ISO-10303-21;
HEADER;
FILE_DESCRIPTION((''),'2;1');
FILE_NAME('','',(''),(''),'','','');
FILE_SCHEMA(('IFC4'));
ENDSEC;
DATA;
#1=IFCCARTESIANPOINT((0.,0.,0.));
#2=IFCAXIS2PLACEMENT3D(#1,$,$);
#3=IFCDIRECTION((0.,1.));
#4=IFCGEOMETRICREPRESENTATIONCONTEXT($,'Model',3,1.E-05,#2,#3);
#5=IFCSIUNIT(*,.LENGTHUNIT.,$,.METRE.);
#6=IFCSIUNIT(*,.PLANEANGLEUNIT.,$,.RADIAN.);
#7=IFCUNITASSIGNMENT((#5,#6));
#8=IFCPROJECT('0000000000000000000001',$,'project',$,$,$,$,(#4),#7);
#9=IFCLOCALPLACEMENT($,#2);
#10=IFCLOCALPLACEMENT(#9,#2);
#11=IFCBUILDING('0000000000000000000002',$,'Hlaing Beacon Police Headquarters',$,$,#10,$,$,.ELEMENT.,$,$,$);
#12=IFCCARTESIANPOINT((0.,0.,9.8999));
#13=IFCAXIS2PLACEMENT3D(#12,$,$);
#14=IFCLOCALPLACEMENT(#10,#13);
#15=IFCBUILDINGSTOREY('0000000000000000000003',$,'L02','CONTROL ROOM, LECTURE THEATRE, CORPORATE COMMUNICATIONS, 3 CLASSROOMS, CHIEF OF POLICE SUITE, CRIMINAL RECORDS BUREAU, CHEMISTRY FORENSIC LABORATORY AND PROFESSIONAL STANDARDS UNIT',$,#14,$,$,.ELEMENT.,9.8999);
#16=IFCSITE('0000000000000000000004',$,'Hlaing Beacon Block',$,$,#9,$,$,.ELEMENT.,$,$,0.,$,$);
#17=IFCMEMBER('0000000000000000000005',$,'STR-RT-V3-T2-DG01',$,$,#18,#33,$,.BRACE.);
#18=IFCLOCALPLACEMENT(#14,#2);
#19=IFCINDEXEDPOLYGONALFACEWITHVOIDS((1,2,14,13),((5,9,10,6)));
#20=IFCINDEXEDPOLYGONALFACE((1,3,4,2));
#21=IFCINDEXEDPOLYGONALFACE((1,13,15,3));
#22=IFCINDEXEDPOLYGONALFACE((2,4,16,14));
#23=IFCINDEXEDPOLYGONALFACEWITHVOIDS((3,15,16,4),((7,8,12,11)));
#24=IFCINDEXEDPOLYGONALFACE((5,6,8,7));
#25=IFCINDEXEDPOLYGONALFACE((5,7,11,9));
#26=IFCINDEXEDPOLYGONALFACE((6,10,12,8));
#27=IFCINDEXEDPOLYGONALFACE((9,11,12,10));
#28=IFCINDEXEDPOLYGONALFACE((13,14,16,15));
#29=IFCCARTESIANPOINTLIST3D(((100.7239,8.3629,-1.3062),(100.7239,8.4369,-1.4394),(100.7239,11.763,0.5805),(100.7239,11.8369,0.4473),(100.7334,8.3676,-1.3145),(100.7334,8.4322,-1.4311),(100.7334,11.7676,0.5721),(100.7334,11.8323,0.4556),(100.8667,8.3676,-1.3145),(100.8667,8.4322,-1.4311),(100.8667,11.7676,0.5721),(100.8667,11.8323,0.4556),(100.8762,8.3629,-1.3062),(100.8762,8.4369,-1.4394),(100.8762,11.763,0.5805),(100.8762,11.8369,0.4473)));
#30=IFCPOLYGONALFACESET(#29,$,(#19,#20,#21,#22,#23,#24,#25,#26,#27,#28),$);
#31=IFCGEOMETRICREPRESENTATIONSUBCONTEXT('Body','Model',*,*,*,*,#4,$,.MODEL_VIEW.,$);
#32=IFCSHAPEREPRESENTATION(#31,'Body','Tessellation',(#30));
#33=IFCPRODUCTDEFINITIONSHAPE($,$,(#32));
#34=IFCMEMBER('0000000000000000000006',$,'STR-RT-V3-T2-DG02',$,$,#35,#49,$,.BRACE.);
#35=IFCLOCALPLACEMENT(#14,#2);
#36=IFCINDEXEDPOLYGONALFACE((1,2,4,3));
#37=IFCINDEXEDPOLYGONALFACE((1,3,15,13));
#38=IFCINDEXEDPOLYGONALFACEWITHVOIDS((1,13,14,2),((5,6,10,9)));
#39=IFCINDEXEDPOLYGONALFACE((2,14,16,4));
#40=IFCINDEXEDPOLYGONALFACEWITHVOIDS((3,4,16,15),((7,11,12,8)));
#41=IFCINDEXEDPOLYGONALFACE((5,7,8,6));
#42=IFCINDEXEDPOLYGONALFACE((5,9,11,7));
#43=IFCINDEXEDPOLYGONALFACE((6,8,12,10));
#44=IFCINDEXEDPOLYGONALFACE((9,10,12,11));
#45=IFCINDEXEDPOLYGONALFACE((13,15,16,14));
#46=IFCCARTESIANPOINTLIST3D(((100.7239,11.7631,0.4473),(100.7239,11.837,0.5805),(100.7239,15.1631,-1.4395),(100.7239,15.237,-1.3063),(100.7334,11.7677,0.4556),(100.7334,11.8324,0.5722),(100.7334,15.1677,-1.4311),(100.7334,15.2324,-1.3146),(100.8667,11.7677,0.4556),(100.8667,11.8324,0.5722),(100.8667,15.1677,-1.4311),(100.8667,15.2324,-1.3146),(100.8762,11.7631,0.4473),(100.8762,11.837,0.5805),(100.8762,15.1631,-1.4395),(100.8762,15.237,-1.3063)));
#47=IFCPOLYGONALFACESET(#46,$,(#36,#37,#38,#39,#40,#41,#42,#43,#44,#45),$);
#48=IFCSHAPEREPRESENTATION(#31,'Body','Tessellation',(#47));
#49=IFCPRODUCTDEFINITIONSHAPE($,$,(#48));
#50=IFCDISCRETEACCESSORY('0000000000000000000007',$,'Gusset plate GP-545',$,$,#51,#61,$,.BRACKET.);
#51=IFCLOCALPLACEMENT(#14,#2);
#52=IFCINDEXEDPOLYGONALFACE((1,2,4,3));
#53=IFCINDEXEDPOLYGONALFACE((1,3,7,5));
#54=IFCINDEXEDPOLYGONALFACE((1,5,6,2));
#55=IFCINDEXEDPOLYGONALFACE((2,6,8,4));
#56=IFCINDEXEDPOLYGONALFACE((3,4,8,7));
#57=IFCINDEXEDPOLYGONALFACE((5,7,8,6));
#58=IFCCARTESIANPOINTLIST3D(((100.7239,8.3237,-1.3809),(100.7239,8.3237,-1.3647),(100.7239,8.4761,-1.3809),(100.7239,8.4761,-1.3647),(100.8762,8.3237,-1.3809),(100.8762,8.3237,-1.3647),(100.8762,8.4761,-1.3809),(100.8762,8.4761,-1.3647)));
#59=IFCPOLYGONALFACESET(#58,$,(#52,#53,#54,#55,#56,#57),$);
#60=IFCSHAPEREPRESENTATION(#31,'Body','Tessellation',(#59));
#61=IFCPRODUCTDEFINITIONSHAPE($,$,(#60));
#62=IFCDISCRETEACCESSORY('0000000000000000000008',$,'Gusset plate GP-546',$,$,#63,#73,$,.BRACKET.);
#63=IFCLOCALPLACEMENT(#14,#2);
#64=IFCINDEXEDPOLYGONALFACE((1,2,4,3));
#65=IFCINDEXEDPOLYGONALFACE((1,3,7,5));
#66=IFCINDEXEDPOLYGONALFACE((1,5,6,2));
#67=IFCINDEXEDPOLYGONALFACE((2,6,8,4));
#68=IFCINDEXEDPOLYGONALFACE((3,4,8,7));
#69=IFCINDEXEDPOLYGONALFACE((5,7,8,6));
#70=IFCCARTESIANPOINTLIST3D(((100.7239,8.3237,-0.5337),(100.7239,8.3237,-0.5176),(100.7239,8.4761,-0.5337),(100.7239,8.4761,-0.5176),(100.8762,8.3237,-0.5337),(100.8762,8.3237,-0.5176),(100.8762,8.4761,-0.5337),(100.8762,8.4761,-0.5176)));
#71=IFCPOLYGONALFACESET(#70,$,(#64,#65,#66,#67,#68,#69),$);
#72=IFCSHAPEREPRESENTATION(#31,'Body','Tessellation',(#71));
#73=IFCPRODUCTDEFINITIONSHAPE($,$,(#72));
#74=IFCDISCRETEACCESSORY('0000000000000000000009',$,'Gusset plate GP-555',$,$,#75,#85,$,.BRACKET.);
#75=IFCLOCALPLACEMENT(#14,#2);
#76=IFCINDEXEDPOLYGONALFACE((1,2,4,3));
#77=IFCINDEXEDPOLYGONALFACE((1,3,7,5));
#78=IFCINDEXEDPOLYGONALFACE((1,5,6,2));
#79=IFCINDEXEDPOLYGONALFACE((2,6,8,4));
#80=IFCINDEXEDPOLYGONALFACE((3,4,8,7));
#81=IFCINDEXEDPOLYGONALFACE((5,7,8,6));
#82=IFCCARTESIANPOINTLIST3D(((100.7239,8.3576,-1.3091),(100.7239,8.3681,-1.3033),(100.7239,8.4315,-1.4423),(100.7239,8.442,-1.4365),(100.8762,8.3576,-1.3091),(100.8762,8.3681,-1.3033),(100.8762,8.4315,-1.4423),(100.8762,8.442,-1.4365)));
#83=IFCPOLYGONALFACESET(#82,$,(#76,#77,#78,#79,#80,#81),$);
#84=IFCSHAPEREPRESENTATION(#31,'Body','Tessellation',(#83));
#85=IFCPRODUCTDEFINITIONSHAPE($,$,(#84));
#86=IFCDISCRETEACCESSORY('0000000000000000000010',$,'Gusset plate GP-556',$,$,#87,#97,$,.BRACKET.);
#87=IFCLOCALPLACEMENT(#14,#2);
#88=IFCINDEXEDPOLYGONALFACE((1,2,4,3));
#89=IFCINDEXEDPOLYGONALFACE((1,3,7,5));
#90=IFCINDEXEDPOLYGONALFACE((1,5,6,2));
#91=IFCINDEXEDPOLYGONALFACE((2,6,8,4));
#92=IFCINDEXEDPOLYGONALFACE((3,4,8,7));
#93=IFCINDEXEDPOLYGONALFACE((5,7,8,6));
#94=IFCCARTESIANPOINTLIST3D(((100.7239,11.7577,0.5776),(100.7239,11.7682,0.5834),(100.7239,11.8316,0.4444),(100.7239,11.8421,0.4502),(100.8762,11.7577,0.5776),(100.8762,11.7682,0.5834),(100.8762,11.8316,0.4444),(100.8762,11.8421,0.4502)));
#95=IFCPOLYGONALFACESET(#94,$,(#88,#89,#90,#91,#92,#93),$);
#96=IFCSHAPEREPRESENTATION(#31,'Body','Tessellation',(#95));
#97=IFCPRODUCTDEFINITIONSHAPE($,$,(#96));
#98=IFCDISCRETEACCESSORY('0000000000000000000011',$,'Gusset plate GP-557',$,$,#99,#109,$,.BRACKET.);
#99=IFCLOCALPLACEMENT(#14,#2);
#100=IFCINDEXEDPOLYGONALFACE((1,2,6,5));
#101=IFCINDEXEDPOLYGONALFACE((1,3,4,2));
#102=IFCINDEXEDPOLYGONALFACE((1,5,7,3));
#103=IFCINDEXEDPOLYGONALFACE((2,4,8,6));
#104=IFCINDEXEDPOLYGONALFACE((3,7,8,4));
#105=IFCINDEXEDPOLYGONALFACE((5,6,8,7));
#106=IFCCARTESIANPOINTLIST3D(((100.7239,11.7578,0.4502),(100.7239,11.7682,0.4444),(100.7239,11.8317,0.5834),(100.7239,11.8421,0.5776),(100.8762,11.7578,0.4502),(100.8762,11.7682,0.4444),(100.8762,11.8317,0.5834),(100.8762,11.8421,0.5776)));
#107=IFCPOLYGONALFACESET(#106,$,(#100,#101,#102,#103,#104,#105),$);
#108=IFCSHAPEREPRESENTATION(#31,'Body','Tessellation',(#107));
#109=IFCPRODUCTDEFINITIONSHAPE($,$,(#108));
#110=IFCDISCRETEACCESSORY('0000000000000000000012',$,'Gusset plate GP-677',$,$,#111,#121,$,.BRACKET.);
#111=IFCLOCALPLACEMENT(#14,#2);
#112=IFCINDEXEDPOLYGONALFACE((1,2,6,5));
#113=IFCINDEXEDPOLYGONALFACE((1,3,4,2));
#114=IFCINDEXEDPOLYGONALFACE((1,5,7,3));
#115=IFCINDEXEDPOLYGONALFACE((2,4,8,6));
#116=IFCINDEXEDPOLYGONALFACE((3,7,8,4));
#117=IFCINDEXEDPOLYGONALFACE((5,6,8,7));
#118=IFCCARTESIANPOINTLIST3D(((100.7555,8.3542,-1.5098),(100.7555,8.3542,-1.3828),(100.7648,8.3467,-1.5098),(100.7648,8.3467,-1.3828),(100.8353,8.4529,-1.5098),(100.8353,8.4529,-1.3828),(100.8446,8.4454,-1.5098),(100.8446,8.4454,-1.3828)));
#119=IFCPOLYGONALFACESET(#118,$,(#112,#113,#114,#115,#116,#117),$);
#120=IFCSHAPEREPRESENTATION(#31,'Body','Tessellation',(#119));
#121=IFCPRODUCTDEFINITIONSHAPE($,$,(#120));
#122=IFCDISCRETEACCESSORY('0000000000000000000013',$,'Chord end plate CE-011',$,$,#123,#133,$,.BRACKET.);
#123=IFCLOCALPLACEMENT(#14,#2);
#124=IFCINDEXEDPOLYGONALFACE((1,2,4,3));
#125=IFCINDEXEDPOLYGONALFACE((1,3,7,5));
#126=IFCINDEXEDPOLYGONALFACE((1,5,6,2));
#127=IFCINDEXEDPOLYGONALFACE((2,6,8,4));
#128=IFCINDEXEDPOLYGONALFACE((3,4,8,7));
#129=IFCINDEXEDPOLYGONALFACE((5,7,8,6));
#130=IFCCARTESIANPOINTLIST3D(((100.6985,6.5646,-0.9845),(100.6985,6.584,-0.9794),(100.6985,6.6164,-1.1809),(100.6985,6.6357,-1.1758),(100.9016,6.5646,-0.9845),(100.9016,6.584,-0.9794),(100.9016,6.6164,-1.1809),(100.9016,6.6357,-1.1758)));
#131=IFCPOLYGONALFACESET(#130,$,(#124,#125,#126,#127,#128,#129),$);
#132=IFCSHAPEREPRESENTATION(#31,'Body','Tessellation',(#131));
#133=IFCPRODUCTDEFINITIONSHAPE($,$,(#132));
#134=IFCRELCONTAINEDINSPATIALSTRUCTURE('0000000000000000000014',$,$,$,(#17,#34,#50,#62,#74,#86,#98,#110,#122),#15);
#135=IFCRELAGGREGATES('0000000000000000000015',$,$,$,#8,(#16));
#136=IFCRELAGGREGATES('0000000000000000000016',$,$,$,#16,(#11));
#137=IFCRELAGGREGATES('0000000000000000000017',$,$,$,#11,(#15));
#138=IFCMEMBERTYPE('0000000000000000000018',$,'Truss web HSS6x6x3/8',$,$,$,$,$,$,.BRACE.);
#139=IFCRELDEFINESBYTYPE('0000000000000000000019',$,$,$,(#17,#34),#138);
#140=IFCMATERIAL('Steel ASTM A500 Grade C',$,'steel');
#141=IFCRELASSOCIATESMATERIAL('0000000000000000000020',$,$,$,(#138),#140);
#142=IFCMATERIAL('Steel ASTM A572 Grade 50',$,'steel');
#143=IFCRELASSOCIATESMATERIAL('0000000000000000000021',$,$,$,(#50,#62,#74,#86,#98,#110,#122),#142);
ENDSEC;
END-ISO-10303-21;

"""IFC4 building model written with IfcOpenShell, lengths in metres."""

from ifc_helpers import new_model, si_unit, direction, frame, origin, origin_2d, place, context, subcontext, project, spatial, rectangle, hollow_rectangle, extrude, material, material_profile, profile_set, type_object, element, save


model = new_model("IFC4")

# Units and contexts
model_context = context("Model", 3, precision=1e-05, world=origin(), true_north=direction((0.0, 1.0)))
body_context = subcontext(model_context, "Body", "Model", "MODEL_VIEW")
ifc_project = project(units=[si_unit("LENGTHUNIT", "METRE"), si_unit("PLANEANGLEUNIT", "RADIAN")], contexts=[model_context])

# Site, building, storey
site_placement = place(None, origin())
site = spatial("IfcSite", under=ifc_project, at=site_placement, Name="Hlaing Beacon Block", CompositionType="ELEMENT", RefElevation=0.0)
building_placement = place(site_placement, origin())
building = spatial("IfcBuilding", under=site, at=building_placement, Name="Hlaing Beacon Police Headquarters", CompositionType="ELEMENT")
storey_placement = place(building_placement, frame((0.0, 0.0, 9.8999)))
storey = spatial("IfcBuildingStorey", under=building, at=storey_placement, Name="L02", Description="CONTROL ROOM, LECTURE THEATRE, CORPORATE COMMUNICATIONS, 3 CLASSROOMS, CHIEF OF POLICE SUITE, CRIMINAL RECORDS BUREAU, CHEMISTRY FORENSIC LABORATORY AND PROFESSIONAL STANDARDS UNIT", CompositionType="ELEMENT", Elevation=9.8999)

# Members
ifc_material_1 = material(Name="Steel ASTM A500 Grade C", Category="steel")
ifc_material_profile_1 = material_profile(ifc_material_1, hollow_rectangle(XDim=0.1523, YDim=0.1523, WallThickness=0.0095, at=origin_2d()), Name="HSS6x6x3/8")
ifc_profile_set_1 = profile_set([ifc_material_profile_1], Name="Steel ASTM A500 Grade C")
member_type_1 = type_object("IfcMemberType", Name="Truss web HSS6x6x3/8", PredefinedType="BRACE", material=ifc_profile_set_1)
for number, where, z_axis, x_axis, name in (
    (1, (100.8, 8.3999, -1.3728), (0.0, 0.874403, 0.4852), (-1.0, 0.0, 0.0), "STR-RT-V3-T2-DG01"),
    (2, (100.8, 11.8, 0.5139), (0.0, 0.874388, -0.485227), (-1.0, 0.0, 0.0), "STR-RT-V3-T2-DG02"),
):
    element("IfcMember", number, at=place(storey_placement, frame(where, z_axis=z_axis, x_axis=x_axis)), inside=storey, type_object=member_type_1, Name=name, PredefinedType="BRACE", context=body_context, shape_type="SweptSolid", body=[
        extrude(hollow_rectangle(XDim=0.1523, YDim=0.1523, WallThickness=0.0095, at=origin_2d()), origin(), (0.0, 0.0, 1.0), 3.8884),
    ])

# Discrete accessories
ifc_material_2 = material(Name="Steel ASTM A572 Grade 50", Category="steel")
for number, where, z_axis, x_axis, name in (
    (3, (100.8, 8.3999, -1.3647), (0.0, 0.0, -1.0), (1.0, 0.0, 0.0), "Gusset plate GP-545"),
    (4, (100.8, 8.3999, -0.5337), (0.0, 0.0, 1.0), (1.0, 0.0, 0.0), "Gusset plate GP-546"),
):
    element("IfcDiscreteAccessory", number, at=place(storey_placement, frame(where, z_axis=z_axis, x_axis=x_axis)), inside=storey, material=ifc_material_2, Name=name, PredefinedType="BRACKET", context=body_context, shape_type="SweptSolid", body=[
        extrude(rectangle(XDim=0.1523, YDim=0.1523, at=origin_2d()), origin(), (0.0, 0.0, 1.0), 0.0161),
    ])
for number, where, z_axis, x_axis, name in (
    (5, (100.8, 8.405, -1.3699), (0.0, -0.874403, -0.4852), (1.0, 0.0, 0.0), "Gusset plate GP-555"),
    (6, (100.8, 11.7947, 0.511), (0.0, 0.874403, 0.4852), (-1.0, 0.0, 0.0), "Gusset plate GP-556"),
    (7, (100.8, 11.8052, 0.511), (0.0, -0.874388, 0.485227), (1.0, 0.0, 0.0), "Gusset plate GP-557"),
):
    element("IfcDiscreteAccessory", number, at=place(storey_placement, frame(where, z_axis=z_axis, x_axis=x_axis)), inside=storey, material=ifc_material_2, Name=name, PredefinedType="BRACKET", context=body_context, shape_type="SweptSolid", body=[
        extrude(rectangle(XDim=0.1523, YDim=0.1523, at=origin_2d()), origin(), (0.0, 0.0, 1.0), 0.012),
    ])
discrete_accessory_1_placement = place(storey_placement, frame((100.7954, 8.4036, -1.4463), z_axis=(0.777248, -0.629194, 0.0), x_axis=(0.629194, 0.777248, 0.0)))
element("IfcDiscreteAccessory", 8, at=discrete_accessory_1_placement, inside=storey, material=ifc_material_2, Name="Gusset plate GP-677", PredefinedType="BRACKET", context=body_context, shape_type="SweptSolid", body=[
    extrude(rectangle(XDim=0.127, YDim=0.127, at=origin_2d()), origin(), (0.0, 0.0, 1.0), 0.012),
])
discrete_accessory_2_placement = place(storey_placement, frame((100.8, 6.6099, -1.0776), z_axis=(0.0, -0.966978, -0.254861), x_axis=(1.0, 0.0, 0.0)))
element("IfcDiscreteAccessory", 9, at=discrete_accessory_2_placement, inside=storey, material=ifc_material_2, Name="Chord end plate CE-011", PredefinedType="BRACKET", context=body_context, shape_type="SweptSolid", body=[
    extrude(rectangle(XDim=0.2031, YDim=0.2031, at=origin_2d()), origin(), (0.0, 0.0, 1.0), 0.02),
])

save(model, "model.ifc")
